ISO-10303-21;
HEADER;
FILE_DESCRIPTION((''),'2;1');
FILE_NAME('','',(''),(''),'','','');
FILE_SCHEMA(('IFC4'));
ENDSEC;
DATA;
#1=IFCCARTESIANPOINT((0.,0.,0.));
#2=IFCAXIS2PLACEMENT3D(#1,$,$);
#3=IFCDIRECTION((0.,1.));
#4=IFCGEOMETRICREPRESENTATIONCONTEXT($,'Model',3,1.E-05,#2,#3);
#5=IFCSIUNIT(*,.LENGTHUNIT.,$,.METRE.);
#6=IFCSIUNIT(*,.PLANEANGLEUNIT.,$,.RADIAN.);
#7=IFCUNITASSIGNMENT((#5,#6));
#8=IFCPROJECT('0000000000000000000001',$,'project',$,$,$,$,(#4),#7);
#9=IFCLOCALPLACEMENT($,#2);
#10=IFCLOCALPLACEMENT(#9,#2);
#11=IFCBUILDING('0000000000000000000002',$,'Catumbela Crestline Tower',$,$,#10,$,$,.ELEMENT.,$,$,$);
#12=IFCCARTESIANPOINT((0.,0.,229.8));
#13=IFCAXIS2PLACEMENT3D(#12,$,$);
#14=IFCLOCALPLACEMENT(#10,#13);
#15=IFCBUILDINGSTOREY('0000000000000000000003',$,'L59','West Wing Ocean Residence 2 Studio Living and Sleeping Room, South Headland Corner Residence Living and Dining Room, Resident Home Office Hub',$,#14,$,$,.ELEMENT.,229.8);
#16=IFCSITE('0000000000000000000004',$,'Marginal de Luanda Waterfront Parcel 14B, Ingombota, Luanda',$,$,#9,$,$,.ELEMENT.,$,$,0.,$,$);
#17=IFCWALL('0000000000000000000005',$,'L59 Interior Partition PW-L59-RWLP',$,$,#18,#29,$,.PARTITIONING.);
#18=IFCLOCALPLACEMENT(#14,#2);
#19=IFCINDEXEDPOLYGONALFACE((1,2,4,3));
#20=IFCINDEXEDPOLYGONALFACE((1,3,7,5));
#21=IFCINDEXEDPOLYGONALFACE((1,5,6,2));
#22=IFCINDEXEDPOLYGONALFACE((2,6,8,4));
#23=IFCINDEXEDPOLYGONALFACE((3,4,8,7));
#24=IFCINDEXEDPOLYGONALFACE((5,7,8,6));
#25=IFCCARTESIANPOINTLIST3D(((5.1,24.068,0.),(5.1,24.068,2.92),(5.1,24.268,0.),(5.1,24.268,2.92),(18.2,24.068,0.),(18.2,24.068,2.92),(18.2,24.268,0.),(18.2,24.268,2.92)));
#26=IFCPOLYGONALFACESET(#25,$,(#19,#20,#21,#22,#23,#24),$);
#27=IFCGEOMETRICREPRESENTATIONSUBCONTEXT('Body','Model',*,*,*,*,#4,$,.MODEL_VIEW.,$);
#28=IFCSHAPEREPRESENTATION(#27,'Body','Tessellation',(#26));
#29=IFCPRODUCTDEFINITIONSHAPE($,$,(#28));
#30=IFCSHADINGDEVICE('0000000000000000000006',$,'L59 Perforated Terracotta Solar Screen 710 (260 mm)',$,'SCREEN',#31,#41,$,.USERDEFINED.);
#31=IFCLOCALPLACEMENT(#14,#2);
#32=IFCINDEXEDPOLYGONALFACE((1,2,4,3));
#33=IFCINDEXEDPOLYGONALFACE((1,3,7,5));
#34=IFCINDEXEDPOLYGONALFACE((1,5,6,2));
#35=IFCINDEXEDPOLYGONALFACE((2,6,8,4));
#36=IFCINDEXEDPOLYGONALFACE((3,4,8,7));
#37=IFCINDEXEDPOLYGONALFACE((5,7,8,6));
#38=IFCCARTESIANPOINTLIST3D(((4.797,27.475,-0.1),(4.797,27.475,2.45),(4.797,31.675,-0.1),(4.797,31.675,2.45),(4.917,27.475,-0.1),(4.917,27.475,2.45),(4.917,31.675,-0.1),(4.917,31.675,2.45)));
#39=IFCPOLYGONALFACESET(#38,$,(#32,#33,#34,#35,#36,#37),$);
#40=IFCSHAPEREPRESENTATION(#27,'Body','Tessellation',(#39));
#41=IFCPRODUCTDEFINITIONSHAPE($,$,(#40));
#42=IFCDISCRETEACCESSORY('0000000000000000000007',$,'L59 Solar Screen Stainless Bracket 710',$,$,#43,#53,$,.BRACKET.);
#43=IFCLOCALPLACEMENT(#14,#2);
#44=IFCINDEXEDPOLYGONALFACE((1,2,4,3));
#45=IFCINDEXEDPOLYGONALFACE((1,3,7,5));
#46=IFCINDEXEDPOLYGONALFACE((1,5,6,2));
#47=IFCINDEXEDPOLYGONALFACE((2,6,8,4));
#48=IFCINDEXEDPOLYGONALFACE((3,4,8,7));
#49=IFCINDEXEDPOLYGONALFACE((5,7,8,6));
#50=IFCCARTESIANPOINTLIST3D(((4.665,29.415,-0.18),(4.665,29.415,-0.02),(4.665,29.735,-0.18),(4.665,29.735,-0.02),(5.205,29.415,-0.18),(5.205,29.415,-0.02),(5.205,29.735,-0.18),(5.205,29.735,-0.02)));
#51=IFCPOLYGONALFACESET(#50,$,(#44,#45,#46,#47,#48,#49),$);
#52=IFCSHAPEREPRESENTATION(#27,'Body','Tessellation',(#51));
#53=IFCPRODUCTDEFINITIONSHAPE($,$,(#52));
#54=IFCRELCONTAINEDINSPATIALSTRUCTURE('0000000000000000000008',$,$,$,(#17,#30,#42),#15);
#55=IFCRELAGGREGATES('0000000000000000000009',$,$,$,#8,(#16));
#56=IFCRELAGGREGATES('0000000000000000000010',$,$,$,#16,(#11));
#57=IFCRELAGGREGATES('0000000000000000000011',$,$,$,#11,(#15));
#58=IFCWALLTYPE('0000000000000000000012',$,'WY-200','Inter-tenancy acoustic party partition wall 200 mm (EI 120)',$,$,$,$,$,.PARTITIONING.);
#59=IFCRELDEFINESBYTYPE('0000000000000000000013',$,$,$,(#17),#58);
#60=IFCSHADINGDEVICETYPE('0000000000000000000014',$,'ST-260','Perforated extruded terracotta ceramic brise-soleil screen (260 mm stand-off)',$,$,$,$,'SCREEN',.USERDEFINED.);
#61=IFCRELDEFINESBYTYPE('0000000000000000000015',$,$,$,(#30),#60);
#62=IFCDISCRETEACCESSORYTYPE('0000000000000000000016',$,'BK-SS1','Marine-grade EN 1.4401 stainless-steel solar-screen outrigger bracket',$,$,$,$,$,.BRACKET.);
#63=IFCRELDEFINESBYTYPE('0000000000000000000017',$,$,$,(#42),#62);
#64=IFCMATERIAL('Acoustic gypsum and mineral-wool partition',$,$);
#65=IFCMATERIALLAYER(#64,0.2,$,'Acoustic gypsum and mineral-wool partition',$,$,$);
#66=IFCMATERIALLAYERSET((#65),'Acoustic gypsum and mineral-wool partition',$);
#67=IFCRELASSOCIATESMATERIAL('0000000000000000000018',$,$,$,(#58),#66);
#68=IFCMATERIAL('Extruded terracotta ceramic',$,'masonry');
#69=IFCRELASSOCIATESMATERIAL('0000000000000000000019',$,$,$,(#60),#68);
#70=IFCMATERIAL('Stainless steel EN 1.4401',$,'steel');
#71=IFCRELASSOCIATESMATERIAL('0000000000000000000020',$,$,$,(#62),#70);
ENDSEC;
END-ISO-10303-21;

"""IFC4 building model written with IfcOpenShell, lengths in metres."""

from ifc_helpers import new_model, si_unit, direction, frame, frame_2d, origin, origin_2d, place, context, subcontext, project, spatial, rectangle, extrude, material, layer, layer_set, type_object, element, save


model = new_model("IFC4")

# Units and contexts
model_context = context("Model", 3, precision=1e-05, world=origin(), true_north=direction((0.0, 1.0)))
body_context = subcontext(model_context, "Body", "Model", "MODEL_VIEW")
ifc_project = project(units=[si_unit("LENGTHUNIT", "METRE"), si_unit("PLANEANGLEUNIT", "RADIAN")], contexts=[model_context])

# Site, building, storey
site_placement = place(None, origin())
site = spatial("IfcSite", under=ifc_project, at=site_placement, Name="Marginal de Luanda Waterfront Parcel 14B, Ingombota, Luanda", CompositionType="ELEMENT", RefElevation=0.0)
building_placement = place(site_placement, origin())
building = spatial("IfcBuilding", under=site, at=building_placement, Name="Catumbela Crestline Tower", CompositionType="ELEMENT")
storey_placement = place(building_placement, frame((0.0, 0.0, 229.8)))
storey = spatial("IfcBuildingStorey", under=building, at=storey_placement, Name="L59", Description="West Wing Ocean Residence 2 Studio Living and Sleeping Room, South Headland Corner Residence Living and Dining Room, Resident Home Office Hub", CompositionType="ELEMENT", Elevation=229.8)

# Wall
ifc_material_1 = material(Name="Acoustic gypsum and mineral-wool partition")
ifc_layer_1 = layer(ifc_material_1, 0.2, Name="Acoustic gypsum and mineral-wool partition")
ifc_layer_set_1 = layer_set([ifc_layer_1], Name="Acoustic gypsum and mineral-wool partition")
wall_type = type_object("IfcWallType", Name="WY-200", Description="Inter-tenancy acoustic party partition wall 200 mm (EI 120)", PredefinedType="PARTITIONING", material=ifc_layer_set_1)
wall_1_placement = place(storey_placement, frame((5.1, 24.168, 0.0), z_axis=(0.0, 0.0, 1.0), x_axis=(1.0, 0.0, 0.0)))
element("IfcWall", 1, at=wall_1_placement, inside=storey, type_object=wall_type, Name="L59 Interior Partition PW-L59-RWLP", PredefinedType="PARTITIONING", context=body_context, shape_type="SweptSolid", body=[
    extrude(rectangle(XDim=13.1, YDim=0.2, at=frame_2d((6.55, 0.0))), origin(), (0.0, 0.0, 1.0), 2.92),
])

# Shading device
ifc_material_2 = material(Name="Extruded terracotta ceramic", Category="masonry")
shading_device_type = type_object("IfcShadingDeviceType", Name="ST-260", Description="Perforated extruded terracotta ceramic brise-soleil screen (260 mm stand-off)", ElementType="SCREEN", PredefinedType="USERDEFINED", material=ifc_material_2)
shading_device_placement = place(storey_placement, frame((4.857, 29.575, -0.1), z_axis=(0.0, 0.0, 1.0), x_axis=(0.0, -1.0, 0.0)))
element("IfcShadingDevice", 2, at=shading_device_placement, inside=storey, type_object=shading_device_type, Name="L59 Perforated Terracotta Solar Screen 710 (260 mm)", ObjectType="SCREEN", PredefinedType="USERDEFINED", context=body_context, shape_type="SweptSolid", body=[
    extrude(rectangle(XDim=4.2, YDim=0.12, at=origin_2d()), origin(), (0.0, 0.0, 1.0), 2.55),
])

# Discrete accessory
ifc_material_3 = material(Name="Stainless steel EN 1.4401", Category="steel")
discrete_accessory_type = type_object("IfcDiscreteAccessoryType", Name="BK-SS1", Description="Marine-grade EN 1.4401 stainless-steel solar-screen outrigger bracket", PredefinedType="BRACKET", material=ifc_material_3)
discrete_accessory_placement = place(storey_placement, frame((4.935, 29.575, -0.18), z_axis=(0.0, 0.0, 1.0), x_axis=(0.0, -1.0, 0.0)))
element("IfcDiscreteAccessory", 3, at=discrete_accessory_placement, inside=storey, type_object=discrete_accessory_type, Name="L59 Solar Screen Stainless Bracket 710", PredefinedType="BRACKET", context=body_context, shape_type="SweptSolid", body=[
    extrude(rectangle(XDim=0.32, YDim=0.54, at=origin_2d()), origin(), (0.0, 0.0, 1.0), 0.16),
])

save(model, "model.ifc")
